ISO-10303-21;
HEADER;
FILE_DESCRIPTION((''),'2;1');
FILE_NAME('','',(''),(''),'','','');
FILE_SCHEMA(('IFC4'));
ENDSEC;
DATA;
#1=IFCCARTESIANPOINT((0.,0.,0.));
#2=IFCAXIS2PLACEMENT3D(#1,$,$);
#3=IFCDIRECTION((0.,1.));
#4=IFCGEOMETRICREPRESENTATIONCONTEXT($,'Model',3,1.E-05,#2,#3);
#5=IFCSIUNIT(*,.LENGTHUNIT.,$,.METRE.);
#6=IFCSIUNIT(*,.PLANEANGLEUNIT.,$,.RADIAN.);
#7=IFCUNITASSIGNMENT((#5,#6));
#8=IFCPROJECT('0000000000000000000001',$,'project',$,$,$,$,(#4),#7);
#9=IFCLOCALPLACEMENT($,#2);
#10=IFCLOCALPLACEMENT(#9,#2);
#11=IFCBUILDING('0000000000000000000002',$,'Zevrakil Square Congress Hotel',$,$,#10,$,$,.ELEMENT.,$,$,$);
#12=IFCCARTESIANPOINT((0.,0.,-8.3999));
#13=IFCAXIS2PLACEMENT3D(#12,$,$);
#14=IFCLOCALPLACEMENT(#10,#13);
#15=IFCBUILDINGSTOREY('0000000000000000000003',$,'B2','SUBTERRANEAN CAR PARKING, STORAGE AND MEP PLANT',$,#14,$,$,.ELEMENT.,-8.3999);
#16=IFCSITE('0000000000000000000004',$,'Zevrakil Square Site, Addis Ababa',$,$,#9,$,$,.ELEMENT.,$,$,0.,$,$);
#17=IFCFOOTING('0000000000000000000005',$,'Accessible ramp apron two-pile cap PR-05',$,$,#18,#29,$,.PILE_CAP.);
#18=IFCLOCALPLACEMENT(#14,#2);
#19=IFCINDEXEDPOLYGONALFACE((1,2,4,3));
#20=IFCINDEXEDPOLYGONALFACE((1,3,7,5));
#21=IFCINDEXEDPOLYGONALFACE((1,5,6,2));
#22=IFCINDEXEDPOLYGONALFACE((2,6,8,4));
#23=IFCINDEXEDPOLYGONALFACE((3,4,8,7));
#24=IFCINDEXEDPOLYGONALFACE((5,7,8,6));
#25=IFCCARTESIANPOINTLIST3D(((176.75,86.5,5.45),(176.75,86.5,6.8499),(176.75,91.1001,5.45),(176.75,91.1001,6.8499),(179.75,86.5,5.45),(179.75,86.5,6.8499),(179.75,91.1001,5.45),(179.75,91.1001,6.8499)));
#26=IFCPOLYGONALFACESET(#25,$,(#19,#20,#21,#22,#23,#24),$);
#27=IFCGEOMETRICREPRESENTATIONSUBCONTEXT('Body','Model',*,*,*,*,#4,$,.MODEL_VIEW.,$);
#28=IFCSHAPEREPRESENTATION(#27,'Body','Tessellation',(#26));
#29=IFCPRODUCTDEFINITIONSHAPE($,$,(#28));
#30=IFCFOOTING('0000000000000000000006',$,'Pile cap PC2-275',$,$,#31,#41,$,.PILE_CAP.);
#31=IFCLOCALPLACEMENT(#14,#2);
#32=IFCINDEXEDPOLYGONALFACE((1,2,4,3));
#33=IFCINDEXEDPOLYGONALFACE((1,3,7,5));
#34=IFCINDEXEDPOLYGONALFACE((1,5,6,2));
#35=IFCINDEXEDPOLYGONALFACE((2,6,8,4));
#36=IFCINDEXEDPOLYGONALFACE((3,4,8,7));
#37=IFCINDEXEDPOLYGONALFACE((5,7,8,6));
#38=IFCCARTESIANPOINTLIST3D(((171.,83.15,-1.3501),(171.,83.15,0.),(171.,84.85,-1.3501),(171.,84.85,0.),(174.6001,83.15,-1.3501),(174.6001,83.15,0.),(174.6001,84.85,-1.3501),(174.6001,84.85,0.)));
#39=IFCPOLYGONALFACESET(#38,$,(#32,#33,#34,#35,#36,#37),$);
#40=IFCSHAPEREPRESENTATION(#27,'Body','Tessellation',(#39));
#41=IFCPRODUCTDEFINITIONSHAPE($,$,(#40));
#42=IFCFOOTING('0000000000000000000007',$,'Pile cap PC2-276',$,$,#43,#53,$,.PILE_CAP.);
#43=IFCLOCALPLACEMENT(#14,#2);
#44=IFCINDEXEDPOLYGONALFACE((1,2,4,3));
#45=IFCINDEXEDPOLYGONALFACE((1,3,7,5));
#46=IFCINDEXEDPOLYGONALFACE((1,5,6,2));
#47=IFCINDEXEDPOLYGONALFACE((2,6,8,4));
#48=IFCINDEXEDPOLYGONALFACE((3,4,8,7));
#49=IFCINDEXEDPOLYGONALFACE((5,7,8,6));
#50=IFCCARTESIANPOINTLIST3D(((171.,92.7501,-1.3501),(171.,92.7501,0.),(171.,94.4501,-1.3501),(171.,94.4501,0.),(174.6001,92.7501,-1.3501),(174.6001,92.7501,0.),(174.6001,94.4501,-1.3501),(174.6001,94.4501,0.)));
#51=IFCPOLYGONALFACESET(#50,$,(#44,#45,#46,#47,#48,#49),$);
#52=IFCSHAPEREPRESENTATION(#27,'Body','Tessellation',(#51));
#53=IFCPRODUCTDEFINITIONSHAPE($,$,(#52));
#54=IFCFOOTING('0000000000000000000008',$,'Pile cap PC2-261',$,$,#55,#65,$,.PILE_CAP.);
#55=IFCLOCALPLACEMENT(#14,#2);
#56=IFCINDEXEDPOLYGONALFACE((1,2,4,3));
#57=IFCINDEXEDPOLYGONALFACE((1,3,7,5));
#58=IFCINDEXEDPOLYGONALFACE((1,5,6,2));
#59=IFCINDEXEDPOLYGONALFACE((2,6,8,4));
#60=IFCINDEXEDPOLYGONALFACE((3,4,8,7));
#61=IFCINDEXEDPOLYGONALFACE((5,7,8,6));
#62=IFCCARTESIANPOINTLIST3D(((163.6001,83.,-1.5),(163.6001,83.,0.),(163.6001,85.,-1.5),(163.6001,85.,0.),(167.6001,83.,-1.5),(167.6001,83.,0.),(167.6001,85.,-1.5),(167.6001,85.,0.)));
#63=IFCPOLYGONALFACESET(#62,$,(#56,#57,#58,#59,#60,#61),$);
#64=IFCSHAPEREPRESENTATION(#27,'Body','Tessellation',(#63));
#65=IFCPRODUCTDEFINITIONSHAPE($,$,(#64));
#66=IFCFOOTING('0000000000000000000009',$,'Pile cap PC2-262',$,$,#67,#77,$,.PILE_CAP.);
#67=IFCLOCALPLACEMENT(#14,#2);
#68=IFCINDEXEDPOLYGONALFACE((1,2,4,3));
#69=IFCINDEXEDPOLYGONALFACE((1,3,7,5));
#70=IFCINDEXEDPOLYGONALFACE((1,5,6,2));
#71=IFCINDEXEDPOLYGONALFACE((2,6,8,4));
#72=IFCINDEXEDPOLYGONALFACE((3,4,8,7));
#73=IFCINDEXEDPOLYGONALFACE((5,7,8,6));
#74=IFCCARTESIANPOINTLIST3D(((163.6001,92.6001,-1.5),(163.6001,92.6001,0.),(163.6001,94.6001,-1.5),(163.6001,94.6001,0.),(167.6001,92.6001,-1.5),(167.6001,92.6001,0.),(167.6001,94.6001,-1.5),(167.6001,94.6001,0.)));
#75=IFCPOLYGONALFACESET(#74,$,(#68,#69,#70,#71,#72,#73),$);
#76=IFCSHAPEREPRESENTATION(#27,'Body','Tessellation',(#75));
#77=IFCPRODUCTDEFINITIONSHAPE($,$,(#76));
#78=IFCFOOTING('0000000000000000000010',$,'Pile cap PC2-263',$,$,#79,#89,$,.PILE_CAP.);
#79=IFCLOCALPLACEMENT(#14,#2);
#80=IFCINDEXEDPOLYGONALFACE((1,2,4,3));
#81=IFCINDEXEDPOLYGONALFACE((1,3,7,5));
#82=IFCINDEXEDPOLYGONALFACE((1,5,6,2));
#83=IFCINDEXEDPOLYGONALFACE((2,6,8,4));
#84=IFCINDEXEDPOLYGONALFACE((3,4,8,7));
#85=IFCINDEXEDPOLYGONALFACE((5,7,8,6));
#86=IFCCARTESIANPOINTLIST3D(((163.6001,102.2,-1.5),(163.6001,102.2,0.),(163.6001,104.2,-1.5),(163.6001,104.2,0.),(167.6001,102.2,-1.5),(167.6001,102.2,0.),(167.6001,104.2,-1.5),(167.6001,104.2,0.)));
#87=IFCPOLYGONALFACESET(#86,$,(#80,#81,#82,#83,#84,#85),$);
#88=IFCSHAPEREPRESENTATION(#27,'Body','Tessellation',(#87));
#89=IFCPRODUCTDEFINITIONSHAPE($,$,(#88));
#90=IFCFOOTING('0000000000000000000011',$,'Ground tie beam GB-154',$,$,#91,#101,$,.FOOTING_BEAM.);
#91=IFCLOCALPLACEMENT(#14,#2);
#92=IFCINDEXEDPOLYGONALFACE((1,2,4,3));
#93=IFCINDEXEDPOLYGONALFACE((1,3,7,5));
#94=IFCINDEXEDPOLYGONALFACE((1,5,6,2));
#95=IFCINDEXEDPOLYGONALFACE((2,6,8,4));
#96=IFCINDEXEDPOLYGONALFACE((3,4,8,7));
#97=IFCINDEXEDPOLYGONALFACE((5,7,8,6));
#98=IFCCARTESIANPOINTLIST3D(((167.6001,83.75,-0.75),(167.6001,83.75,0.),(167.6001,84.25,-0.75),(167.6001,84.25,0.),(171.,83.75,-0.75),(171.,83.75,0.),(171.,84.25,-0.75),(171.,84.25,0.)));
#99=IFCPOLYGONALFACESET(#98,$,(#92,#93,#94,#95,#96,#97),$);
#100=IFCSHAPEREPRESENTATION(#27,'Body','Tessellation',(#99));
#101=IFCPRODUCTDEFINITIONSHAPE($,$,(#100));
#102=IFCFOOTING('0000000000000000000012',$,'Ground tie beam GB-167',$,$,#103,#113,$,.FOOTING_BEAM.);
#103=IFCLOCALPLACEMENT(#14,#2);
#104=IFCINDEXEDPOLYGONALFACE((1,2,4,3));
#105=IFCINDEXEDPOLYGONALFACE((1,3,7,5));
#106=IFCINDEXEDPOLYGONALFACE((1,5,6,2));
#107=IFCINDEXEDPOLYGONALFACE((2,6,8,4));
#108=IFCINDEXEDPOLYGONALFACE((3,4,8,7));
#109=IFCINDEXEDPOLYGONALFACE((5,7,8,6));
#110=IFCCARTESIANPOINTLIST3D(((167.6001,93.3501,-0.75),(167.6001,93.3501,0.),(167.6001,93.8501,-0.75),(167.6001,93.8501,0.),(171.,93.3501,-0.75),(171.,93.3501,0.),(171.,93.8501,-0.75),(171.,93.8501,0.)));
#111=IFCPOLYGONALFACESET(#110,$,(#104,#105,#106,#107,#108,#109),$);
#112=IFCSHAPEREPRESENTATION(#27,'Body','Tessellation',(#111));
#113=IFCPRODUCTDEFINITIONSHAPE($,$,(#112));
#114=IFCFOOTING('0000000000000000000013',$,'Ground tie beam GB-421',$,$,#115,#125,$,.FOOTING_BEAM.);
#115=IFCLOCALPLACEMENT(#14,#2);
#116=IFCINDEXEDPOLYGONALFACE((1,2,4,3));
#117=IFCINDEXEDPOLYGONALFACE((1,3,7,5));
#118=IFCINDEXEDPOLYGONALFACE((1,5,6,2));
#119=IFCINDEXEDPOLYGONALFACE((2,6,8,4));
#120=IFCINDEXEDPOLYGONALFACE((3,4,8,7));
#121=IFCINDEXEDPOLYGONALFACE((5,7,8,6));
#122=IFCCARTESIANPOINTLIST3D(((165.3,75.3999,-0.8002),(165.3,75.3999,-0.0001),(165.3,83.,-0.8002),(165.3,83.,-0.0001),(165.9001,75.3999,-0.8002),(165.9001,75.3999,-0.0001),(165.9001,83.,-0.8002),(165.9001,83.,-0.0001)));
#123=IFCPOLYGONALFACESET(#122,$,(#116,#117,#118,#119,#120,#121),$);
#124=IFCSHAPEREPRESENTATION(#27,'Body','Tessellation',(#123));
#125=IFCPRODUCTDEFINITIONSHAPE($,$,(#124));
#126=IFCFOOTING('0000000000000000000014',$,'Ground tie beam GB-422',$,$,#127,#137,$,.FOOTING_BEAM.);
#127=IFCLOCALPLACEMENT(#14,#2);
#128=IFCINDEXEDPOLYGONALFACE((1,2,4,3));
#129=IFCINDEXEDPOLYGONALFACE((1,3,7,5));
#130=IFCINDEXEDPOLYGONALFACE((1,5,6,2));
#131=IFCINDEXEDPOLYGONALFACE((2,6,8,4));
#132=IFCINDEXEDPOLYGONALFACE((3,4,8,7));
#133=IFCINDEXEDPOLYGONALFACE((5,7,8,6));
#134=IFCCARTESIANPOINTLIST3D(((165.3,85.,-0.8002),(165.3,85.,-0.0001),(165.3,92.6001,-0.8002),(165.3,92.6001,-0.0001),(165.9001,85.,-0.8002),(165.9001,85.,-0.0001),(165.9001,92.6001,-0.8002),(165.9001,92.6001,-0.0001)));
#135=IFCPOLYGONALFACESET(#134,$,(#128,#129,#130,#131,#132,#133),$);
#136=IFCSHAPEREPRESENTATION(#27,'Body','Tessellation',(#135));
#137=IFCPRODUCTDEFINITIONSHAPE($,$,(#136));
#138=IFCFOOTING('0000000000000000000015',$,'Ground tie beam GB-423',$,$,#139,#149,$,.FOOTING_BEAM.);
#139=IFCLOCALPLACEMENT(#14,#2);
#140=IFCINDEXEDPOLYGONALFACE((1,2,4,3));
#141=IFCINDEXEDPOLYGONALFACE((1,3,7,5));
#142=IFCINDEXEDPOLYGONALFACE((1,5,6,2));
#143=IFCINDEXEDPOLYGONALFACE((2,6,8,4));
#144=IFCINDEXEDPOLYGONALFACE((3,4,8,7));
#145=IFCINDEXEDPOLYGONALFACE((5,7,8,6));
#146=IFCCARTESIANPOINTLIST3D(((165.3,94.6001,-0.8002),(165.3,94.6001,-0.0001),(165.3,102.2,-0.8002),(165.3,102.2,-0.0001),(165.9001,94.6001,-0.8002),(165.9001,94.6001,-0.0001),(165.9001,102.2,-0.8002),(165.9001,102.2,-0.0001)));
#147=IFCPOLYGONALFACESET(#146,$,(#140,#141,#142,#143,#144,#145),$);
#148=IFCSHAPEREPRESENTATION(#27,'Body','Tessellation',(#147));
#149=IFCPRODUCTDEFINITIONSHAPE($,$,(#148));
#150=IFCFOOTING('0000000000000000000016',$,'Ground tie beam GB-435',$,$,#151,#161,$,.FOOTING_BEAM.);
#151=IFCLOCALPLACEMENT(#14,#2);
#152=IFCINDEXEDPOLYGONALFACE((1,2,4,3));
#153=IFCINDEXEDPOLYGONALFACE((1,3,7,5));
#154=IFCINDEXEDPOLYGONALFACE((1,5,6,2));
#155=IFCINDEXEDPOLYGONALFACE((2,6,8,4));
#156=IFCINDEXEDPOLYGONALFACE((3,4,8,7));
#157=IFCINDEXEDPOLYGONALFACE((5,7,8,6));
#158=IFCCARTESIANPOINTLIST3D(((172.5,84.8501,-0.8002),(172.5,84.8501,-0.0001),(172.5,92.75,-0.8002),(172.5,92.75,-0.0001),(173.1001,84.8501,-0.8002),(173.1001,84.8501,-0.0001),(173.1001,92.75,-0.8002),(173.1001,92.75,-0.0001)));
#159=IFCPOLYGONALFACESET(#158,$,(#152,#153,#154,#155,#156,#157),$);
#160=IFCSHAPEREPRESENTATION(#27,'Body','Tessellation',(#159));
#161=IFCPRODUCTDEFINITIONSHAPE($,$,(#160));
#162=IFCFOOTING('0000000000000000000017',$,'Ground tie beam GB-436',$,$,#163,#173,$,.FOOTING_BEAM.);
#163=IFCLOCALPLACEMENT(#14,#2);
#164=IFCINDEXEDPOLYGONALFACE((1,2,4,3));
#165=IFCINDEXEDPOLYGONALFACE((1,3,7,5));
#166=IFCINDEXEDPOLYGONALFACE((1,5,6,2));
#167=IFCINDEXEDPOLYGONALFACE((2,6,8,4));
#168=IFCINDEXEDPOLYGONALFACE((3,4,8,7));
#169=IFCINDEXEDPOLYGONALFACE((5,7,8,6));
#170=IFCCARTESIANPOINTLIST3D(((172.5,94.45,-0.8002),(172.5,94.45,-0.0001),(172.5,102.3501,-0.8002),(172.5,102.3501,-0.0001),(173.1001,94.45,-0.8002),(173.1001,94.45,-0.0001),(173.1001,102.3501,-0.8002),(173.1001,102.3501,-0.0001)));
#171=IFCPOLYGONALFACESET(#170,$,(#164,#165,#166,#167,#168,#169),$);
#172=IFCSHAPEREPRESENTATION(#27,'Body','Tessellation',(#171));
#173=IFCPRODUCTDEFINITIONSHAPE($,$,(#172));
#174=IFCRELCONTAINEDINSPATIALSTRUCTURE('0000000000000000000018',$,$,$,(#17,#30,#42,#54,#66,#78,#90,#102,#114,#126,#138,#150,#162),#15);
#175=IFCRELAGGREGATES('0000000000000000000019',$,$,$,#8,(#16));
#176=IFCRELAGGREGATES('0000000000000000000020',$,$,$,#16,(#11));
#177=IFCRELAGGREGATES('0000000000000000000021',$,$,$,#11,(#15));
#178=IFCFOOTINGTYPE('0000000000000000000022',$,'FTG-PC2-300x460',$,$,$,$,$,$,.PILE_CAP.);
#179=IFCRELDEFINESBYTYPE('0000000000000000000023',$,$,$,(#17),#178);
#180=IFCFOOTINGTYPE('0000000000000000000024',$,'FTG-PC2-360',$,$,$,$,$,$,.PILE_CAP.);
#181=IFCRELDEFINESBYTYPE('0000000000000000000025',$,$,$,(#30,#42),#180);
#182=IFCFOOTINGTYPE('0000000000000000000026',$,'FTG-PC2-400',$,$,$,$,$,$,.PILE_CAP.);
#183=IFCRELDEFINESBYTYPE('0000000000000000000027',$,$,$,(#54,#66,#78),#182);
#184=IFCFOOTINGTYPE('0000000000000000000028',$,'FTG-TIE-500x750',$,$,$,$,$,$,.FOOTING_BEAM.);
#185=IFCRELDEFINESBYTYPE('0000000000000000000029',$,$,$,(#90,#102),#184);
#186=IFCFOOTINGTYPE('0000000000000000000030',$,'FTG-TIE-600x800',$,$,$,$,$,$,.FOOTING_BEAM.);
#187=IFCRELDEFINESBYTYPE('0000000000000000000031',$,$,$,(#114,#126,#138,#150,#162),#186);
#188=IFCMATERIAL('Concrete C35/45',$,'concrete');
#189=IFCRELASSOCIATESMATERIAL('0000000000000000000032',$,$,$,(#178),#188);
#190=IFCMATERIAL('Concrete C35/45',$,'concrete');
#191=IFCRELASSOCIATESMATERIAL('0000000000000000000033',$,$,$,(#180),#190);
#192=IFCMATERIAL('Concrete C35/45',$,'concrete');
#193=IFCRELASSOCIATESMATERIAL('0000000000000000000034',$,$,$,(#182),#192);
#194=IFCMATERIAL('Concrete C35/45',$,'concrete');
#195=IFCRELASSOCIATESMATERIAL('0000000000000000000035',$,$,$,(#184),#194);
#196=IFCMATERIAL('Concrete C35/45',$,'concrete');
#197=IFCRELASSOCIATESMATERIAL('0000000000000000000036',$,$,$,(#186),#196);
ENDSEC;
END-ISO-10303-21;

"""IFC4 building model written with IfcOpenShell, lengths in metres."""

from ifc_helpers import new_model, si_unit, direction, frame, origin, origin_2d, place, context, subcontext, project, spatial, rectangle, extrude, material, material_profile, profile_set, type_object, element, save


model = new_model("IFC4")

# Units and contexts
model_context = context("Model", 3, precision=1e-05, world=origin(), true_north=direction((0.0, 1.0)))
body_context = subcontext(model_context, "Body", "Model", "MODEL_VIEW")
ifc_project = project(units=[si_unit("LENGTHUNIT", "METRE"), si_unit("PLANEANGLEUNIT", "RADIAN")], contexts=[model_context])

# Site, building, storey
site_placement = place(None, origin())
site = spatial("IfcSite", under=ifc_project, at=site_placement, Name="Zevrakil Square Site, Addis Ababa", CompositionType="ELEMENT", RefElevation=0.0)
building_placement = place(site_placement, origin())
building = spatial("IfcBuilding", under=site, at=building_placement, Name="Zevrakil Square Congress Hotel", CompositionType="ELEMENT")
storey_placement = place(building_placement, frame((0.0, 0.0, -8.3999)))
storey = spatial("IfcBuildingStorey", under=building, at=storey_placement, Name="B2", Description="SUBTERRANEAN CAR PARKING, STORAGE AND MEP PLANT", CompositionType="ELEMENT", Elevation=-8.3999)

# Footings
ifc_material_1 = material(Name="Concrete C35/45", Category="concrete")
footing_type_1 = type_object("IfcFootingType", Name="FTG-PC2-300x460", PredefinedType="PILE_CAP", material=ifc_material_1)
footing_1_placement = place(storey_placement, frame((178.25, 88.8, 5.45), z_axis=(0.0, 0.0, 1.0), x_axis=(1.0, 0.0, 0.0)))
element("IfcFooting", 1, at=footing_1_placement, inside=storey, type_object=footing_type_1, Name="Accessible ramp apron two-pile cap PR-05", PredefinedType="PILE_CAP", context=body_context, shape_type="SweptSolid", body=[
    extrude(rectangle(XDim=3.0, YDim=4.6001, at=origin_2d()), origin(), (0.0, 0.0, 1.0), 1.3999),
])
ifc_material_2 = material(Name="Concrete C35/45", Category="concrete")
footing_type_2 = type_object("IfcFootingType", Name="FTG-PC2-360", PredefinedType="PILE_CAP", material=ifc_material_2)
for number, where, z_axis, x_axis, name in (
    (2, (172.8, 84.0, -1.3501), (0.0, 0.0, 1.0), (1.0, 0.0, 0.0), "Pile cap PC2-275"),
    (3, (172.8, 93.6001, -1.3501), (0.0, 0.0, 1.0), (1.0, 0.0, 0.0), "Pile cap PC2-276"),
):
    element("IfcFooting", number, at=place(storey_placement, frame(where, z_axis=z_axis, x_axis=x_axis)), inside=storey, type_object=footing_type_2, Name=name, PredefinedType="PILE_CAP", context=body_context, shape_type="SweptSolid", body=[
        extrude(rectangle(XDim=3.6001, YDim=1.7, at=origin_2d()), origin(), (0.0, 0.0, 1.0), 1.3501),
    ])
ifc_material_3 = material(Name="Concrete C35/45", Category="concrete")
footing_type_3 = type_object("IfcFootingType", Name="FTG-PC2-400", PredefinedType="PILE_CAP", material=ifc_material_3)
for number, where, z_axis, x_axis, name in (
    (4, (165.6001, 84.0, -1.5), (0.0, 0.0, 1.0), (1.0, 0.0, 0.0), "Pile cap PC2-261"),
    (5, (165.6001, 93.6001, -1.5), (0.0, 0.0, 1.0), (1.0, 0.0, 0.0), "Pile cap PC2-262"),
    (6, (165.6001, 103.2, -1.5), (0.0, 0.0, 1.0), (1.0, 0.0, 0.0), "Pile cap PC2-263"),
):
    element("IfcFooting", number, at=place(storey_placement, frame(where, z_axis=z_axis, x_axis=x_axis)), inside=storey, type_object=footing_type_3, Name=name, PredefinedType="PILE_CAP", context=body_context, shape_type="SweptSolid", body=[
        extrude(rectangle(XDim=4.0, YDim=2.0, at=origin_2d()), origin(), (0.0, 0.0, 1.0), 1.5),
    ])
ifc_material_4 = material(Name="Concrete C35/45", Category="concrete")
ifc_material_profile_1 = material_profile(ifc_material_4, rectangle(XDim=0.5, YDim=0.75, at=origin_2d()), Name="RC 500x750")
ifc_profile_set_1 = profile_set([ifc_material_profile_1], Name="Concrete C35/45")
footing_type_4 = type_object("IfcFootingType", Name="FTG-TIE-500x750", PredefinedType="FOOTING_BEAM", material=ifc_profile_set_1)
for number, where, z_axis, x_axis, name in (
    (7, (167.6001, 84.0, -0.375), (1.0, 0.0, 0.0), (0.0, 1.0, 0.0), "Ground tie beam GB-154"),
    (8, (167.6001, 93.6001, -0.375), (1.0, 0.0, 0.0), (0.0, 1.0, 0.0), "Ground tie beam GB-167"),
):
    element("IfcFooting", number, at=place(storey_placement, frame(where, z_axis=z_axis, x_axis=x_axis)), inside=storey, type_object=footing_type_4, Name=name, PredefinedType="FOOTING_BEAM", context=body_context, shape_type="SweptSolid", body=[
        extrude(rectangle(XDim=0.5, YDim=0.75, at=origin_2d()), origin(), (0.0, 0.0, 1.0), 3.3999),
    ])
ifc_material_5 = material(Name="Concrete C35/45", Category="concrete")
ifc_material_profile_2 = material_profile(ifc_material_5, rectangle(XDim=0.6001, YDim=0.8, at=origin_2d()), Name="RC 600x800")
ifc_profile_set_2 = profile_set([ifc_material_profile_2], Name="Concrete C35/45")
footing_type_5 = type_object("IfcFootingType", Name="FTG-TIE-600x800", PredefinedType="FOOTING_BEAM", material=ifc_profile_set_2)
for number, where, z_axis, x_axis, name in (
    (9, (165.6001, 75.3999, -0.4001), (0.0, 1.0, 0.0), (-1.0, 0.0, 0.0), "Ground tie beam GB-421"),
    (10, (165.6001, 85.0, -0.4001), (0.0, 1.0, 0.0), (-1.0, 0.0, 0.0), "Ground tie beam GB-422"),
):
    element("IfcFooting", number, at=place(storey_placement, frame(where, z_axis=z_axis, x_axis=x_axis)), inside=storey, type_object=footing_type_5, Name=name, PredefinedType="FOOTING_BEAM", context=body_context, shape_type="SweptSolid", body=[
        extrude(rectangle(XDim=0.6001, YDim=0.8, at=origin_2d()), origin(), (0.0, 0.0, 1.0), 7.6001),
    ])
footing_2_placement = place(storey_placement, frame((165.6001, 94.6001, -0.4001), z_axis=(0.0, 1.0, 0.0), x_axis=(-1.0, 0.0, 0.0)))
element("IfcFooting", 11, at=footing_2_placement, inside=storey, type_object=footing_type_5, Name="Ground tie beam GB-423", PredefinedType="FOOTING_BEAM", context=body_context, shape_type="SweptSolid", body=[
    extrude(rectangle(XDim=0.6001, YDim=0.8, at=origin_2d()), origin(), (0.0, 0.0, 1.0), 7.5999),
])
footing_3_placement = place(storey_placement, frame((172.8, 84.8501, -0.4001), z_axis=(0.0, 1.0, 0.0), x_axis=(-1.0, 0.0, 0.0)))
element("IfcFooting", 12, at=footing_3_placement, inside=storey, type_object=footing_type_5, Name="Ground tie beam GB-435", PredefinedType="FOOTING_BEAM", context=body_context, shape_type="SweptSolid", body=[
    extrude(rectangle(XDim=0.6001, YDim=0.8, at=origin_2d()), origin(), (0.0, 0.0, 1.0), 7.8999),
])
footing_4_placement = place(storey_placement, frame((172.8, 94.45, -0.4001), z_axis=(0.0, 1.0, 0.0), x_axis=(-1.0, 0.0, 0.0)))
element("IfcFooting", 13, at=footing_4_placement, inside=storey, type_object=footing_type_5, Name="Ground tie beam GB-436", PredefinedType="FOOTING_BEAM", context=body_context, shape_type="SweptSolid", body=[
    extrude(rectangle(XDim=0.6001, YDim=0.8, at=origin_2d()), origin(), (0.0, 0.0, 1.0), 7.9001),
])

save(model, "model.ifc")
